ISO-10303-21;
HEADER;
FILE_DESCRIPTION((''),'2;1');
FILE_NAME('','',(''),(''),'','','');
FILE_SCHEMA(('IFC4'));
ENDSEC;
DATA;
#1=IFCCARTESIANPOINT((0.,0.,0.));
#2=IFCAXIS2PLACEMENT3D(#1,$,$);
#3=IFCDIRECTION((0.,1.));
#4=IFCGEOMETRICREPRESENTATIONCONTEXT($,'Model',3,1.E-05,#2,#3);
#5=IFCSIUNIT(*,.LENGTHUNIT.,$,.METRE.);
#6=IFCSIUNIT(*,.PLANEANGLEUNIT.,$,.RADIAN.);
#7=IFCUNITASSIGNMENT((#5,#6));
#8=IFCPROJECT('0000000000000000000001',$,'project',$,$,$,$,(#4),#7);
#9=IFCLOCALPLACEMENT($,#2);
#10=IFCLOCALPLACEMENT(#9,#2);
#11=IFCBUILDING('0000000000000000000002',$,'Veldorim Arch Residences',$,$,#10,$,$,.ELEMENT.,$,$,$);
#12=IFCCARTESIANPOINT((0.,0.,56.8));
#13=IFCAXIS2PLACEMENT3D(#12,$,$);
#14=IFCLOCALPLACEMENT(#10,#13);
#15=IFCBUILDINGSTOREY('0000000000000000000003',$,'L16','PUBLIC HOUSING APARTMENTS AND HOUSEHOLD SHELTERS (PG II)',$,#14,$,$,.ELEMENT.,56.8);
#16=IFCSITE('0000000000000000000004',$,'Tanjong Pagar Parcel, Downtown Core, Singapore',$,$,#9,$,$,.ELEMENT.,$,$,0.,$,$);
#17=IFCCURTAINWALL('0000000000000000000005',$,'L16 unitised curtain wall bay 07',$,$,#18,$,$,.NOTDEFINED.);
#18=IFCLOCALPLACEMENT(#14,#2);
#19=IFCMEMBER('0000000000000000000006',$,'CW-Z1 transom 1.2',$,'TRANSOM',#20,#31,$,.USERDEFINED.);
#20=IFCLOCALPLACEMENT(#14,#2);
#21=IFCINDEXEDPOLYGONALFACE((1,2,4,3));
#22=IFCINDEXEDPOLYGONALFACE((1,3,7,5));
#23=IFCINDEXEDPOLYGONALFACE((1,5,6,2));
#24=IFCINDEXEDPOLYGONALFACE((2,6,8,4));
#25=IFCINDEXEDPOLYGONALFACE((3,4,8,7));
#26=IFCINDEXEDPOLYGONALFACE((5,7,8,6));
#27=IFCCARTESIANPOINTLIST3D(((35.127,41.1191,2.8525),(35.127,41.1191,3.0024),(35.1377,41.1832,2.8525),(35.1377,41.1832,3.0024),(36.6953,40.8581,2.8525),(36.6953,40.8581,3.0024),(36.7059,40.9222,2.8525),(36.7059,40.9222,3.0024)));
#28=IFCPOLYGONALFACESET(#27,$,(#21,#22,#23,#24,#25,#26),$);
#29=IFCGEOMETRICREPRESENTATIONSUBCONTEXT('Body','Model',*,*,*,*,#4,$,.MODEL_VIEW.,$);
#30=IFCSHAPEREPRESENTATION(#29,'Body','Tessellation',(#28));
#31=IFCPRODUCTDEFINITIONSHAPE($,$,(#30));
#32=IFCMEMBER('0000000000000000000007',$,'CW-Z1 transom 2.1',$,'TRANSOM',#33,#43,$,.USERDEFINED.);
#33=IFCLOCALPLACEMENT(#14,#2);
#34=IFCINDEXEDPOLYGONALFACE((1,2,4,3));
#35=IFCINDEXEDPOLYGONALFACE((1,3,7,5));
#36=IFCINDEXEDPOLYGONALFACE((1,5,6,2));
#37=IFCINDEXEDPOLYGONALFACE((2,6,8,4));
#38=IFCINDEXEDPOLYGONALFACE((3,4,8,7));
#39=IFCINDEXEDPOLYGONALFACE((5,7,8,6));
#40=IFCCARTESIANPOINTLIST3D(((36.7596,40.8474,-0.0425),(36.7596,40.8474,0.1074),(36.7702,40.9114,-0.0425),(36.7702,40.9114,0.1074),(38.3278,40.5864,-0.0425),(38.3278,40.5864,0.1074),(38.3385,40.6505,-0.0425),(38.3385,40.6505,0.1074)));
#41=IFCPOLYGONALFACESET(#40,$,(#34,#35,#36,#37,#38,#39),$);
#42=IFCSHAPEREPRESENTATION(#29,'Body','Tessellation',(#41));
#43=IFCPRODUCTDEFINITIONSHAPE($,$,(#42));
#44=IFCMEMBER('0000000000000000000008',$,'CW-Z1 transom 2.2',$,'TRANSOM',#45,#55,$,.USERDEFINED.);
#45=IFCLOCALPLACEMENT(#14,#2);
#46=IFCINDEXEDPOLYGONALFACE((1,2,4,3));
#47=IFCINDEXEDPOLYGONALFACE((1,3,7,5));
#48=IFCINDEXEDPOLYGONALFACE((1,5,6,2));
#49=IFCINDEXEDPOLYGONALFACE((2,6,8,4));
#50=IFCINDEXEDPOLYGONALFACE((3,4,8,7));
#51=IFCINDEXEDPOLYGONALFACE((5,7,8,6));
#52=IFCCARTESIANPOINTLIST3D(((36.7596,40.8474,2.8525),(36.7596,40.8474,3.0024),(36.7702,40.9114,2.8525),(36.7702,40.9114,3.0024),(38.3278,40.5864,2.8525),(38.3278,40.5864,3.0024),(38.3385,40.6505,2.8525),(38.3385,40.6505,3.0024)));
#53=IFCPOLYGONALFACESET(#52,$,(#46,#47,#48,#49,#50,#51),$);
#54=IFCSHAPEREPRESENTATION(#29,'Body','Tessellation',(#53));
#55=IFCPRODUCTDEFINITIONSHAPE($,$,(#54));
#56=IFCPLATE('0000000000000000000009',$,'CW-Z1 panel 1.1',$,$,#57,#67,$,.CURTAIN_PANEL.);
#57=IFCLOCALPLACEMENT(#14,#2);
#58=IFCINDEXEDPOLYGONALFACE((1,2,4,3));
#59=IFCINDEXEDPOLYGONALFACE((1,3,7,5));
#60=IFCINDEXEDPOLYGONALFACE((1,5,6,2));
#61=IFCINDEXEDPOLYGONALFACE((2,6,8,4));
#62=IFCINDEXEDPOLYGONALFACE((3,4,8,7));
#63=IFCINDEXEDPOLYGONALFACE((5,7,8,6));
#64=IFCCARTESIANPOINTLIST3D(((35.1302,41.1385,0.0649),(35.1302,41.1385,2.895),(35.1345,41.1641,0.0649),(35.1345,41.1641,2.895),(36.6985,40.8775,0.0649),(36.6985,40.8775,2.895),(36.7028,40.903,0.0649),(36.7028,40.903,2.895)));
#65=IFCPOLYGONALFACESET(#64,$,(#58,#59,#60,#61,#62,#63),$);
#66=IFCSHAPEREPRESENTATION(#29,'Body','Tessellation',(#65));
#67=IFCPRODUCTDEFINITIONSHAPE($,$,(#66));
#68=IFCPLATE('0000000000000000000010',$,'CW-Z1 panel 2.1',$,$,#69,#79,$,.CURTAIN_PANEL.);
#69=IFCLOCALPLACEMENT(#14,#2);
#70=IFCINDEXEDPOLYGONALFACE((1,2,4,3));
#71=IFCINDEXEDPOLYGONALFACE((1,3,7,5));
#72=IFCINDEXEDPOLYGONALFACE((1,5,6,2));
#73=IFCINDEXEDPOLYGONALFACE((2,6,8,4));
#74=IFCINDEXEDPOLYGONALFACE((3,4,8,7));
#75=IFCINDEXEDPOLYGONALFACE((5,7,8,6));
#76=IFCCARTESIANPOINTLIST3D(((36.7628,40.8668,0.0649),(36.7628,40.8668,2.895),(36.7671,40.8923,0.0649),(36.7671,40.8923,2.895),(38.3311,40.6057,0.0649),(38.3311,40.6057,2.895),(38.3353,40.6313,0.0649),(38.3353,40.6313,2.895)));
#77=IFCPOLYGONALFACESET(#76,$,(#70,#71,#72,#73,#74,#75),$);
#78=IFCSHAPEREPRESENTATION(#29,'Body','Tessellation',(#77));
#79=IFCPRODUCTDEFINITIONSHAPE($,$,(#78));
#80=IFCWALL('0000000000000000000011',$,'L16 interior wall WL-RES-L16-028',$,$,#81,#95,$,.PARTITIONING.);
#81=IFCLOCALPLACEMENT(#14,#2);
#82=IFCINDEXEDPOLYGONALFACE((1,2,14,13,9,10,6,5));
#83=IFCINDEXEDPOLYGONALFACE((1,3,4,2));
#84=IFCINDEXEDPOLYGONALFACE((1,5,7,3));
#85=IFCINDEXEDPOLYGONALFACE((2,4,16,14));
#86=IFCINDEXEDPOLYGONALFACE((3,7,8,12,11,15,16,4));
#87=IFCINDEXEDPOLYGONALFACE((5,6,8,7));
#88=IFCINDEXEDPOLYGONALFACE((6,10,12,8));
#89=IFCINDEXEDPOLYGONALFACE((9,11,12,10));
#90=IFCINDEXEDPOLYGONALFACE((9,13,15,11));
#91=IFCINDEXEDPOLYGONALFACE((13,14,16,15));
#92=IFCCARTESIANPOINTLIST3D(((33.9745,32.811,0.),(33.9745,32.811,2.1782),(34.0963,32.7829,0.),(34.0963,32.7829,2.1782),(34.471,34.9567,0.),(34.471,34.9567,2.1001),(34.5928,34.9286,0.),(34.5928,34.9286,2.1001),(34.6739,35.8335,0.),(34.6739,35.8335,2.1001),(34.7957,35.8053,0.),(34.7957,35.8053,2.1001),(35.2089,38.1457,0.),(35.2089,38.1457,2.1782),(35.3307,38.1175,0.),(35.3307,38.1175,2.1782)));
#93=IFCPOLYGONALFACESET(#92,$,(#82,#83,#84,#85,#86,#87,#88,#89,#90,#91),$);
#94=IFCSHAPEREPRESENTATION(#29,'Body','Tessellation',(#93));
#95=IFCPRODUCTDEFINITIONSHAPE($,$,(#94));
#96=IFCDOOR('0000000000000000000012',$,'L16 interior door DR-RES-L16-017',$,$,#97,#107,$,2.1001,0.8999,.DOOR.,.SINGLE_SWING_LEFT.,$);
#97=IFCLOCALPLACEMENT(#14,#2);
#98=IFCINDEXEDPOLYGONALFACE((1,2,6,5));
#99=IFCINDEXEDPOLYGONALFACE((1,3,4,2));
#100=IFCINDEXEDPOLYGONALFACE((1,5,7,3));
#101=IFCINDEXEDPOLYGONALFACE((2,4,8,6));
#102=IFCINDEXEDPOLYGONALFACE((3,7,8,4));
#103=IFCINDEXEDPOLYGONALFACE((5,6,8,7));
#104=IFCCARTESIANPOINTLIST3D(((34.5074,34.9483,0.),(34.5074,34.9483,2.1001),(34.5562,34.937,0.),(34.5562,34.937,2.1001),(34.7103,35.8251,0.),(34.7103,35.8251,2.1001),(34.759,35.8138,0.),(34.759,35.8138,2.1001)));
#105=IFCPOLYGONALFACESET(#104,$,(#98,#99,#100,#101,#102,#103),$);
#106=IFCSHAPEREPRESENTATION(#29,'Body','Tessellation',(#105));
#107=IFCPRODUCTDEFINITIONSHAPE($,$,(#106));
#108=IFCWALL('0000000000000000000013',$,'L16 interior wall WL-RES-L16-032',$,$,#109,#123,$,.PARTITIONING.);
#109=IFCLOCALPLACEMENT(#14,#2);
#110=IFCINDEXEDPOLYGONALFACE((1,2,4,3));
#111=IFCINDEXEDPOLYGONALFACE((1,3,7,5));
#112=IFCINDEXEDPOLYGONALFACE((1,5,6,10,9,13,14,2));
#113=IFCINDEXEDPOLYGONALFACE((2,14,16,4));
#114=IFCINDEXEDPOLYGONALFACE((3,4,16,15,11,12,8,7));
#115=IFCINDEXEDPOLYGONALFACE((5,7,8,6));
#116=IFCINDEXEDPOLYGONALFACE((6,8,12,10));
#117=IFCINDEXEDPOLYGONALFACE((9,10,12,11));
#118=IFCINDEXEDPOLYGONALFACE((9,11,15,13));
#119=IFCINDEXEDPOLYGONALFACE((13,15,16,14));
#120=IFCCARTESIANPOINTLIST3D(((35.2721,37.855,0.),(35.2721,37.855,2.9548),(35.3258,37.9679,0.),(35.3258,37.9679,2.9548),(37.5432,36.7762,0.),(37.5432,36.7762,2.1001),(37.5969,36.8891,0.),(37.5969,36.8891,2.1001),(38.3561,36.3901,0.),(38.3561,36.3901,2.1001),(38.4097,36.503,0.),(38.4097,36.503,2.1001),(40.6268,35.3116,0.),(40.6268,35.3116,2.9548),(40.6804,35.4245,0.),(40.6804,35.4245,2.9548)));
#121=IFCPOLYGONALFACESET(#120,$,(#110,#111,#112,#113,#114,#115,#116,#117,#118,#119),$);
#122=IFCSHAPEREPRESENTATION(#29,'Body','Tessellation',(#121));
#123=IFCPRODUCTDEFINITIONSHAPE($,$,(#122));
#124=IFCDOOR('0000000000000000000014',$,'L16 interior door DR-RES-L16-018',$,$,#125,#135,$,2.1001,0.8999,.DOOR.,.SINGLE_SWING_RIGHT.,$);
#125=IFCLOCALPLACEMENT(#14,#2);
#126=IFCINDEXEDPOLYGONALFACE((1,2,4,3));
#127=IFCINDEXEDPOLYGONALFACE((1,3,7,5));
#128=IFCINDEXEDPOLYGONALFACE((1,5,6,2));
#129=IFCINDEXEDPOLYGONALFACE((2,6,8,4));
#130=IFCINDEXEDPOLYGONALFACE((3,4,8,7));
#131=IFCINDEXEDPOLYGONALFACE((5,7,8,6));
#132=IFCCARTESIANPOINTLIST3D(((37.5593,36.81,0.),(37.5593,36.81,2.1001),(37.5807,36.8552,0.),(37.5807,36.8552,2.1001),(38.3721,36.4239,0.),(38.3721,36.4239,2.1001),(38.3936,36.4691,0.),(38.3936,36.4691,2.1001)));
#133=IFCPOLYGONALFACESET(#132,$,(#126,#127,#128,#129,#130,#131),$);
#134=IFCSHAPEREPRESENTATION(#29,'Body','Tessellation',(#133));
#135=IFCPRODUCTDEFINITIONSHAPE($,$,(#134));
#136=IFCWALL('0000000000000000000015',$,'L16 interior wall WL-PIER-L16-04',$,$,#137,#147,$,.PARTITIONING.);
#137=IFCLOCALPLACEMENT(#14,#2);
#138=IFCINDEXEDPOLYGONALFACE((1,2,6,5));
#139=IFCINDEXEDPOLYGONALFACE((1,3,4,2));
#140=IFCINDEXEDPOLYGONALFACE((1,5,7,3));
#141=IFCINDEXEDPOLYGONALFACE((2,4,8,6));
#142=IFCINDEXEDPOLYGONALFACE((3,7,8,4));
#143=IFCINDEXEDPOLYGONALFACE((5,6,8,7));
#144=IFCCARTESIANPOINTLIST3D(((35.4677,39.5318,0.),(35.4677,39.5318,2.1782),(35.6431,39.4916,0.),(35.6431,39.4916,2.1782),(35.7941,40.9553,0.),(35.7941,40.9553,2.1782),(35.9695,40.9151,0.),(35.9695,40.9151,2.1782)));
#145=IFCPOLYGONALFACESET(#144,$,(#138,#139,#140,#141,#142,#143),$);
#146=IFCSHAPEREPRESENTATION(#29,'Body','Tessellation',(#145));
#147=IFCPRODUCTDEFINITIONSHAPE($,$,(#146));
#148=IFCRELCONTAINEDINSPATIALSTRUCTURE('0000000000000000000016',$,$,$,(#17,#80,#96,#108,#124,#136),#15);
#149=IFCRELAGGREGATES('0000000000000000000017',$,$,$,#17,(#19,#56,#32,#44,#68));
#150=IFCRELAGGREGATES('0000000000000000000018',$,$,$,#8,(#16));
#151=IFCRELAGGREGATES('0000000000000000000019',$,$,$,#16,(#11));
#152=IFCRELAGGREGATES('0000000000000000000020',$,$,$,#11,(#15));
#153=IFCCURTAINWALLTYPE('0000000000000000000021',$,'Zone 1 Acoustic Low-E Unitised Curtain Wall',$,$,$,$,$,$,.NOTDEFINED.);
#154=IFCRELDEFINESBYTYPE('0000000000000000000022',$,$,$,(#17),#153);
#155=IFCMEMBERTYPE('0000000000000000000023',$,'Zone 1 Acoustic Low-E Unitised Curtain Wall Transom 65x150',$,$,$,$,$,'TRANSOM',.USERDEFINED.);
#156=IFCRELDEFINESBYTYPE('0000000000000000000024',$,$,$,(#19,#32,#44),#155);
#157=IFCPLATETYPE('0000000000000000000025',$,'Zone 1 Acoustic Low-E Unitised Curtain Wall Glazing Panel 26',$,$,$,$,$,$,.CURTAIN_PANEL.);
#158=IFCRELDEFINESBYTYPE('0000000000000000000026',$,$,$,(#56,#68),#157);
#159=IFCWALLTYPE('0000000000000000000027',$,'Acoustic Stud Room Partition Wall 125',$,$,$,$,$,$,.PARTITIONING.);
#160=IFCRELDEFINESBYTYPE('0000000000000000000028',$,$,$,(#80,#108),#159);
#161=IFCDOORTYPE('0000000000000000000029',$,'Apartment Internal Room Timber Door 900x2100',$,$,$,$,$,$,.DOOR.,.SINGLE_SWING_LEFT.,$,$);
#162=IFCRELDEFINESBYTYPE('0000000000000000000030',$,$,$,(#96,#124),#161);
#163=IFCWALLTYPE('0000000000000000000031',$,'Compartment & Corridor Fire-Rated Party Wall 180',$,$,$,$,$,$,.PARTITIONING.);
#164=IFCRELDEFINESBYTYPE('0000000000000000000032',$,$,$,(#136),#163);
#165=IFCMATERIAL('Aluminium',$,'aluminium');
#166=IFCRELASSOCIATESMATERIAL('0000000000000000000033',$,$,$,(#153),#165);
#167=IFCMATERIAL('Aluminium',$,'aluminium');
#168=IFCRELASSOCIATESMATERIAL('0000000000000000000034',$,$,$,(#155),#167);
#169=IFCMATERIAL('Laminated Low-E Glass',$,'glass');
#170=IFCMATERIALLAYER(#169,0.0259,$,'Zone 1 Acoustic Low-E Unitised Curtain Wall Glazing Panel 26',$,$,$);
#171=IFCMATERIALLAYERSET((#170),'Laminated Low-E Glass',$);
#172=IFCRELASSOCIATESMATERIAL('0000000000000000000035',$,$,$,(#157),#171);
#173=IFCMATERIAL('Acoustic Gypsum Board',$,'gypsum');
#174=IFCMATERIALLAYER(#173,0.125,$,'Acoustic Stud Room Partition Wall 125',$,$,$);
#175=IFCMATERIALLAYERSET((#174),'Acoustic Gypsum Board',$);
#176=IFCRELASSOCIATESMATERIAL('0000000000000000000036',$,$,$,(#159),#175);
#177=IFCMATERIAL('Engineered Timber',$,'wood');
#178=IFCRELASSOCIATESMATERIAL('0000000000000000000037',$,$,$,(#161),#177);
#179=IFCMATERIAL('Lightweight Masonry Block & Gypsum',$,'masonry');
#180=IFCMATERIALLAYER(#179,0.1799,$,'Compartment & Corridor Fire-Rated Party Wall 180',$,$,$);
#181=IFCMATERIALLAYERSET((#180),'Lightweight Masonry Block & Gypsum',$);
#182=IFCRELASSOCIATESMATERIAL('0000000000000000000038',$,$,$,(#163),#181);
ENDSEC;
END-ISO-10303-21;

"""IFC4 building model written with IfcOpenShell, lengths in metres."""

from ifc_helpers import new_model, si_unit, direction, frame, frame_2d, origin, origin_2d, place, context, subcontext, project, spatial, rectangle, extrude, material, layer, layer_set, material_profile, profile_set, type_object, element, fill, aggregate, save


model = new_model("IFC4")

# Units and contexts
model_context = context("Model", 3, precision=1e-05, world=origin(), true_north=direction((0.0, 1.0)))
body_context = subcontext(model_context, "Body", "Model", "MODEL_VIEW")
ifc_project = project(units=[si_unit("LENGTHUNIT", "METRE"), si_unit("PLANEANGLEUNIT", "RADIAN")], contexts=[model_context])

# Site, building, storey
site_placement = place(None, origin())
site = spatial("IfcSite", under=ifc_project, at=site_placement, Name="Tanjong Pagar Parcel, Downtown Core, Singapore", CompositionType="ELEMENT", RefElevation=0.0)
building_placement = place(site_placement, origin())
building = spatial("IfcBuilding", under=site, at=building_placement, Name="Veldorim Arch Residences", CompositionType="ELEMENT")
storey_placement = place(building_placement, frame((0.0, 0.0, 56.8)))
storey = spatial("IfcBuildingStorey", under=building, at=storey_placement, Name="L16", Description="PUBLIC HOUSING APARTMENTS AND HOUSEHOLD SHELTERS (PG II)", CompositionType="ELEMENT", Elevation=56.8)

# Curtain wall, members, plates
ifc_material_1 = material(Name="Aluminium", Category="aluminium")
curtain_wall_type = type_object("IfcCurtainWallType", Name="Zone 1 Acoustic Low-E Unitised Curtain Wall", PredefinedType="NOTDEFINED", material=ifc_material_1)
curtain_wall_placement = place(storey_placement, origin())
curtain_wall = element("IfcCurtainWall", 1, at=curtain_wall_placement, inside=storey, type_object=curtain_wall_type, Name="L16 unitised curtain wall bay 07", PredefinedType="NOTDEFINED")
ifc_material_2 = material(Name="Aluminium", Category="aluminium")
ifc_material_profile_1 = material_profile(ifc_material_2, rectangle(XDim=0.0649, YDim=0.1499, at=origin_2d()), Name="ALU_TRN_65x150")
ifc_profile_set_1 = profile_set([ifc_material_profile_1], Name="Aluminium")
member_type_1 = type_object("IfcMemberType", Name="Zone 1 Acoustic Low-E Unitised Curtain Wall Transom 65x150", ElementType="TRANSOM", PredefinedType="USERDEFINED", material=ifc_profile_set_1)
member_1_placement = place(storey_placement, frame((35.1323, 41.1511, 2.9275), z_axis=(0.986435, -0.16415, 0.0), x_axis=(0.16415, 0.986435, 0.0)))
member_1 = element("IfcMember", 2, at=member_1_placement, type_object=member_type_1, Name="CW-Z1 transom 1.2", ObjectType="TRANSOM", PredefinedType="USERDEFINED", context=body_context, shape_type="SweptSolid", body=[
    extrude(rectangle(XDim=0.0649, YDim=0.1499, at=origin_2d()), origin(), (0.0, 0.0, 1.0), 1.5898),
])
member_2_placement = place(storey_placement, frame((36.7649, 40.8794, 0.0325), z_axis=(0.986435, -0.16415, 0.0), x_axis=(0.16415, 0.986435, 0.0)))
member_2 = element("IfcMember", 3, at=member_2_placement, type_object=member_type_1, Name="CW-Z1 transom 2.1", ObjectType="TRANSOM", PredefinedType="USERDEFINED", context=body_context, shape_type="SweptSolid", body=[
    extrude(rectangle(XDim=0.0649, YDim=0.1499, at=origin_2d()), origin(), (0.0, 0.0, 1.0), 1.5898),
])
member_3_placement = place(storey_placement, frame((36.7649, 40.8794, 2.9275), z_axis=(0.986435, -0.16415, 0.0), x_axis=(0.16415, 0.986435, 0.0)))
member_3 = element("IfcMember", 4, at=member_3_placement, type_object=member_type_1, Name="CW-Z1 transom 2.2", ObjectType="TRANSOM", PredefinedType="USERDEFINED", context=body_context, shape_type="SweptSolid", body=[
    extrude(rectangle(XDim=0.0649, YDim=0.1499, at=origin_2d()), origin(), (0.0, 0.0, 1.0), 1.5898),
])
ifc_material_3 = material(Name="Laminated Low-E Glass", Category="glass")
ifc_layer_1 = layer(ifc_material_3, 0.0259, Name="Zone 1 Acoustic Low-E Unitised Curtain Wall Glazing Panel 26")
ifc_layer_set_1 = layer_set([ifc_layer_1], Name="Laminated Low-E Glass")
plate_type = type_object("IfcPlateType", Name="Zone 1 Acoustic Low-E Unitised Curtain Wall Glazing Panel 26", PredefinedType="CURTAIN_PANEL", material=ifc_layer_set_1)
plate_1_placement = place(storey_placement, frame((35.9165, 41.0208, 0.0649), z_axis=(0.0, 0.0, 1.0), x_axis=(0.986425, -0.164212, 0.0)))
plate_1 = element("IfcPlate", 5, at=plate_1_placement, type_object=plate_type, Name="CW-Z1 panel 1.1", PredefinedType="CURTAIN_PANEL", context=body_context, shape_type="SweptSolid", body=[
    extrude(rectangle(XDim=1.5898, YDim=0.0259, at=origin_2d()), origin(), (0.0, 0.0, 1.0), 2.8301),
])
plate_2_placement = place(storey_placement, frame((37.5491, 40.749, 0.0649), z_axis=(0.0, 0.0, 1.0), x_axis=(0.986425, -0.164212, 0.0)))
plate_2 = element("IfcPlate", 6, at=plate_2_placement, type_object=plate_type, Name="CW-Z1 panel 2.1", PredefinedType="CURTAIN_PANEL", context=body_context, shape_type="SweptSolid", body=[
    extrude(rectangle(XDim=1.5898, YDim=0.0259, at=origin_2d()), origin(), (0.0, 0.0, 1.0), 2.8301),
])
aggregate(curtain_wall, [member_1, plate_1, member_2, member_3, plate_2])

# Walls, openings, doors
ifc_material_4 = material(Name="Acoustic Gypsum Board", Category="gypsum")
ifc_layer_2 = layer(ifc_material_4, 0.125, Name="Acoustic Stud Room Partition Wall 125")
ifc_layer_set_2 = layer_set([ifc_layer_2], Name="Acoustic Gypsum Board")
wall_type_1 = type_object("IfcWallType", Name="Acoustic Stud Room Partition Wall 125", PredefinedType="PARTITIONING", material=ifc_layer_set_2)
wall_1_placement = place(storey_placement, frame((35.2698, 38.1316, 0.0), z_axis=(0.0, 0.0, 1.0), x_axis=(-0.225429, -0.97426, 0.0)))
wall_1 = element("IfcWall", 7, at=wall_1_placement, inside=storey, type_object=wall_type_1, Name="L16 interior wall WL-RES-L16-028", PredefinedType="PARTITIONING", context=body_context, shape_type="SweptSolid", body=[
    extrude(rectangle(XDim=5.4756, YDim=0.125, at=frame_2d((2.7378, 0.0))), origin(), (0.0, 0.0, 1.0), 2.1782),
])
opening_1_placement = place(wall_1_placement, frame((2.3733, 0.0, 0.0)))
opening_1 = element("IfcOpeningElement", 8, at=opening_1_placement, cuts=wall_1, PredefinedType="OPENING", context=body_context, shape_type="SweptSolid", body=[
    extrude(rectangle(XDim=0.8999, YDim=2.1001, at=frame_2d((0.45, 1.05))), frame((0.0, 0.0725, 0.0), z_axis=(0.0, -1.0, 0.0), x_axis=(1.0, 0.0, 0.0)), (0.0, 0.0, 1.0), 0.145),
])
ifc_material_5 = material(Name="Engineered Timber", Category="wood")
door_type = type_object("IfcDoorType", Name="Apartment Internal Room Timber Door 900x2100", OperationType="SINGLE_SWING_LEFT", PredefinedType="DOOR", material=ifc_material_5)
door_1_placement = place(opening_1_placement, origin())
door_1 = element("IfcDoor", 9, at=door_1_placement, inside=storey, type_object=door_type, Name="L16 interior door DR-RES-L16-017", OperationType="SINGLE_SWING_LEFT", OverallHeight=2.1001, OverallWidth=0.8999, PredefinedType="DOOR", context=body_context, shape_type="SweptSolid", body=[
    extrude(rectangle(XDim=0.8999, YDim=2.1001, at=frame_2d((0.45, 1.05))), frame((0.0, 0.0249, 0.0), z_axis=(0.0, -1.0, 0.0), x_axis=(1.0, 0.0, 0.0)), (0.0, 0.0, 1.0), 0.05),
])
fill(opening_1, door_1)
wall_2_placement = place(storey_placement, frame((35.2991, 37.9114, 0.0), z_axis=(0.0, 0.0, 1.0), x_axis=(0.90328, -0.429051, 0.0)))
wall_2 = element("IfcWall", 10, at=wall_2_placement, inside=storey, type_object=wall_type_1, Name="L16 interior wall WL-RES-L16-032", PredefinedType="PARTITIONING", context=body_context, shape_type="SweptSolid", body=[
    extrude(rectangle(XDim=5.928, YDim=0.125, at=frame_2d((2.9639, 0.0))), origin(), (0.0, 0.0, 1.0), 2.9548),
])
opening_2_placement = place(wall_2_placement, frame((2.5142, 0.0, 0.0)))
opening_2 = element("IfcOpeningElement", 11, at=opening_2_placement, cuts=wall_2, PredefinedType="OPENING", context=body_context, shape_type="SweptSolid", body=[
    extrude(rectangle(XDim=0.8999, YDim=2.1001, at=frame_2d((0.45, 1.05))), frame((0.0, 0.0725, 0.0), z_axis=(0.0, -1.0, 0.0), x_axis=(1.0, 0.0, 0.0)), (0.0, 0.0, 1.0), 0.145),
])
door_2_placement = place(opening_2_placement, origin())
door_2 = element("IfcDoor", 12, at=door_2_placement, inside=storey, type_object=door_type, Name="L16 interior door DR-RES-L16-018", OperationType="SINGLE_SWING_RIGHT", OverallHeight=2.1001, OverallWidth=0.8999, PredefinedType="DOOR", context=body_context, shape_type="SweptSolid", body=[
    extrude(rectangle(XDim=0.8999, YDim=2.1001, at=frame_2d((0.45, 1.05))), frame((0.0, 0.0249, 0.0), z_axis=(0.0, -1.0, 0.0), x_axis=(1.0, 0.0, 0.0)), (0.0, 0.0, 1.0), 0.05),
])
fill(opening_2, door_2)

# Wall
ifc_material_6 = material(Name="Lightweight Masonry Block & Gypsum", Category="masonry")
ifc_layer_3 = layer(ifc_material_6, 0.1799, Name="Compartment & Corridor Fire-Rated Party Wall 180")
ifc_layer_set_3 = layer_set([ifc_layer_3], Name="Lightweight Masonry Block & Gypsum")
wall_type_2 = type_object("IfcWallType", Name="Compartment & Corridor Fire-Rated Party Wall 180", PredefinedType="PARTITIONING", material=ifc_layer_set_3)
wall_3_placement = place(storey_placement, frame((35.5554, 39.5117, 0.0), z_axis=(0.0, 0.0, 1.0), x_axis=(0.223492, 0.974706, 0.0)))
element("IfcWall", 13, at=wall_3_placement, inside=storey, type_object=wall_type_2, Name="L16 interior wall WL-PIER-L16-04", PredefinedType="PARTITIONING", context=body_context, shape_type="SweptSolid", body=[
    extrude(rectangle(XDim=1.4604, YDim=0.1799, at=frame_2d((0.7302, 0.0))), origin(), (0.0, 0.0, 1.0), 2.1782),
])

save(model, "model.ifc")
